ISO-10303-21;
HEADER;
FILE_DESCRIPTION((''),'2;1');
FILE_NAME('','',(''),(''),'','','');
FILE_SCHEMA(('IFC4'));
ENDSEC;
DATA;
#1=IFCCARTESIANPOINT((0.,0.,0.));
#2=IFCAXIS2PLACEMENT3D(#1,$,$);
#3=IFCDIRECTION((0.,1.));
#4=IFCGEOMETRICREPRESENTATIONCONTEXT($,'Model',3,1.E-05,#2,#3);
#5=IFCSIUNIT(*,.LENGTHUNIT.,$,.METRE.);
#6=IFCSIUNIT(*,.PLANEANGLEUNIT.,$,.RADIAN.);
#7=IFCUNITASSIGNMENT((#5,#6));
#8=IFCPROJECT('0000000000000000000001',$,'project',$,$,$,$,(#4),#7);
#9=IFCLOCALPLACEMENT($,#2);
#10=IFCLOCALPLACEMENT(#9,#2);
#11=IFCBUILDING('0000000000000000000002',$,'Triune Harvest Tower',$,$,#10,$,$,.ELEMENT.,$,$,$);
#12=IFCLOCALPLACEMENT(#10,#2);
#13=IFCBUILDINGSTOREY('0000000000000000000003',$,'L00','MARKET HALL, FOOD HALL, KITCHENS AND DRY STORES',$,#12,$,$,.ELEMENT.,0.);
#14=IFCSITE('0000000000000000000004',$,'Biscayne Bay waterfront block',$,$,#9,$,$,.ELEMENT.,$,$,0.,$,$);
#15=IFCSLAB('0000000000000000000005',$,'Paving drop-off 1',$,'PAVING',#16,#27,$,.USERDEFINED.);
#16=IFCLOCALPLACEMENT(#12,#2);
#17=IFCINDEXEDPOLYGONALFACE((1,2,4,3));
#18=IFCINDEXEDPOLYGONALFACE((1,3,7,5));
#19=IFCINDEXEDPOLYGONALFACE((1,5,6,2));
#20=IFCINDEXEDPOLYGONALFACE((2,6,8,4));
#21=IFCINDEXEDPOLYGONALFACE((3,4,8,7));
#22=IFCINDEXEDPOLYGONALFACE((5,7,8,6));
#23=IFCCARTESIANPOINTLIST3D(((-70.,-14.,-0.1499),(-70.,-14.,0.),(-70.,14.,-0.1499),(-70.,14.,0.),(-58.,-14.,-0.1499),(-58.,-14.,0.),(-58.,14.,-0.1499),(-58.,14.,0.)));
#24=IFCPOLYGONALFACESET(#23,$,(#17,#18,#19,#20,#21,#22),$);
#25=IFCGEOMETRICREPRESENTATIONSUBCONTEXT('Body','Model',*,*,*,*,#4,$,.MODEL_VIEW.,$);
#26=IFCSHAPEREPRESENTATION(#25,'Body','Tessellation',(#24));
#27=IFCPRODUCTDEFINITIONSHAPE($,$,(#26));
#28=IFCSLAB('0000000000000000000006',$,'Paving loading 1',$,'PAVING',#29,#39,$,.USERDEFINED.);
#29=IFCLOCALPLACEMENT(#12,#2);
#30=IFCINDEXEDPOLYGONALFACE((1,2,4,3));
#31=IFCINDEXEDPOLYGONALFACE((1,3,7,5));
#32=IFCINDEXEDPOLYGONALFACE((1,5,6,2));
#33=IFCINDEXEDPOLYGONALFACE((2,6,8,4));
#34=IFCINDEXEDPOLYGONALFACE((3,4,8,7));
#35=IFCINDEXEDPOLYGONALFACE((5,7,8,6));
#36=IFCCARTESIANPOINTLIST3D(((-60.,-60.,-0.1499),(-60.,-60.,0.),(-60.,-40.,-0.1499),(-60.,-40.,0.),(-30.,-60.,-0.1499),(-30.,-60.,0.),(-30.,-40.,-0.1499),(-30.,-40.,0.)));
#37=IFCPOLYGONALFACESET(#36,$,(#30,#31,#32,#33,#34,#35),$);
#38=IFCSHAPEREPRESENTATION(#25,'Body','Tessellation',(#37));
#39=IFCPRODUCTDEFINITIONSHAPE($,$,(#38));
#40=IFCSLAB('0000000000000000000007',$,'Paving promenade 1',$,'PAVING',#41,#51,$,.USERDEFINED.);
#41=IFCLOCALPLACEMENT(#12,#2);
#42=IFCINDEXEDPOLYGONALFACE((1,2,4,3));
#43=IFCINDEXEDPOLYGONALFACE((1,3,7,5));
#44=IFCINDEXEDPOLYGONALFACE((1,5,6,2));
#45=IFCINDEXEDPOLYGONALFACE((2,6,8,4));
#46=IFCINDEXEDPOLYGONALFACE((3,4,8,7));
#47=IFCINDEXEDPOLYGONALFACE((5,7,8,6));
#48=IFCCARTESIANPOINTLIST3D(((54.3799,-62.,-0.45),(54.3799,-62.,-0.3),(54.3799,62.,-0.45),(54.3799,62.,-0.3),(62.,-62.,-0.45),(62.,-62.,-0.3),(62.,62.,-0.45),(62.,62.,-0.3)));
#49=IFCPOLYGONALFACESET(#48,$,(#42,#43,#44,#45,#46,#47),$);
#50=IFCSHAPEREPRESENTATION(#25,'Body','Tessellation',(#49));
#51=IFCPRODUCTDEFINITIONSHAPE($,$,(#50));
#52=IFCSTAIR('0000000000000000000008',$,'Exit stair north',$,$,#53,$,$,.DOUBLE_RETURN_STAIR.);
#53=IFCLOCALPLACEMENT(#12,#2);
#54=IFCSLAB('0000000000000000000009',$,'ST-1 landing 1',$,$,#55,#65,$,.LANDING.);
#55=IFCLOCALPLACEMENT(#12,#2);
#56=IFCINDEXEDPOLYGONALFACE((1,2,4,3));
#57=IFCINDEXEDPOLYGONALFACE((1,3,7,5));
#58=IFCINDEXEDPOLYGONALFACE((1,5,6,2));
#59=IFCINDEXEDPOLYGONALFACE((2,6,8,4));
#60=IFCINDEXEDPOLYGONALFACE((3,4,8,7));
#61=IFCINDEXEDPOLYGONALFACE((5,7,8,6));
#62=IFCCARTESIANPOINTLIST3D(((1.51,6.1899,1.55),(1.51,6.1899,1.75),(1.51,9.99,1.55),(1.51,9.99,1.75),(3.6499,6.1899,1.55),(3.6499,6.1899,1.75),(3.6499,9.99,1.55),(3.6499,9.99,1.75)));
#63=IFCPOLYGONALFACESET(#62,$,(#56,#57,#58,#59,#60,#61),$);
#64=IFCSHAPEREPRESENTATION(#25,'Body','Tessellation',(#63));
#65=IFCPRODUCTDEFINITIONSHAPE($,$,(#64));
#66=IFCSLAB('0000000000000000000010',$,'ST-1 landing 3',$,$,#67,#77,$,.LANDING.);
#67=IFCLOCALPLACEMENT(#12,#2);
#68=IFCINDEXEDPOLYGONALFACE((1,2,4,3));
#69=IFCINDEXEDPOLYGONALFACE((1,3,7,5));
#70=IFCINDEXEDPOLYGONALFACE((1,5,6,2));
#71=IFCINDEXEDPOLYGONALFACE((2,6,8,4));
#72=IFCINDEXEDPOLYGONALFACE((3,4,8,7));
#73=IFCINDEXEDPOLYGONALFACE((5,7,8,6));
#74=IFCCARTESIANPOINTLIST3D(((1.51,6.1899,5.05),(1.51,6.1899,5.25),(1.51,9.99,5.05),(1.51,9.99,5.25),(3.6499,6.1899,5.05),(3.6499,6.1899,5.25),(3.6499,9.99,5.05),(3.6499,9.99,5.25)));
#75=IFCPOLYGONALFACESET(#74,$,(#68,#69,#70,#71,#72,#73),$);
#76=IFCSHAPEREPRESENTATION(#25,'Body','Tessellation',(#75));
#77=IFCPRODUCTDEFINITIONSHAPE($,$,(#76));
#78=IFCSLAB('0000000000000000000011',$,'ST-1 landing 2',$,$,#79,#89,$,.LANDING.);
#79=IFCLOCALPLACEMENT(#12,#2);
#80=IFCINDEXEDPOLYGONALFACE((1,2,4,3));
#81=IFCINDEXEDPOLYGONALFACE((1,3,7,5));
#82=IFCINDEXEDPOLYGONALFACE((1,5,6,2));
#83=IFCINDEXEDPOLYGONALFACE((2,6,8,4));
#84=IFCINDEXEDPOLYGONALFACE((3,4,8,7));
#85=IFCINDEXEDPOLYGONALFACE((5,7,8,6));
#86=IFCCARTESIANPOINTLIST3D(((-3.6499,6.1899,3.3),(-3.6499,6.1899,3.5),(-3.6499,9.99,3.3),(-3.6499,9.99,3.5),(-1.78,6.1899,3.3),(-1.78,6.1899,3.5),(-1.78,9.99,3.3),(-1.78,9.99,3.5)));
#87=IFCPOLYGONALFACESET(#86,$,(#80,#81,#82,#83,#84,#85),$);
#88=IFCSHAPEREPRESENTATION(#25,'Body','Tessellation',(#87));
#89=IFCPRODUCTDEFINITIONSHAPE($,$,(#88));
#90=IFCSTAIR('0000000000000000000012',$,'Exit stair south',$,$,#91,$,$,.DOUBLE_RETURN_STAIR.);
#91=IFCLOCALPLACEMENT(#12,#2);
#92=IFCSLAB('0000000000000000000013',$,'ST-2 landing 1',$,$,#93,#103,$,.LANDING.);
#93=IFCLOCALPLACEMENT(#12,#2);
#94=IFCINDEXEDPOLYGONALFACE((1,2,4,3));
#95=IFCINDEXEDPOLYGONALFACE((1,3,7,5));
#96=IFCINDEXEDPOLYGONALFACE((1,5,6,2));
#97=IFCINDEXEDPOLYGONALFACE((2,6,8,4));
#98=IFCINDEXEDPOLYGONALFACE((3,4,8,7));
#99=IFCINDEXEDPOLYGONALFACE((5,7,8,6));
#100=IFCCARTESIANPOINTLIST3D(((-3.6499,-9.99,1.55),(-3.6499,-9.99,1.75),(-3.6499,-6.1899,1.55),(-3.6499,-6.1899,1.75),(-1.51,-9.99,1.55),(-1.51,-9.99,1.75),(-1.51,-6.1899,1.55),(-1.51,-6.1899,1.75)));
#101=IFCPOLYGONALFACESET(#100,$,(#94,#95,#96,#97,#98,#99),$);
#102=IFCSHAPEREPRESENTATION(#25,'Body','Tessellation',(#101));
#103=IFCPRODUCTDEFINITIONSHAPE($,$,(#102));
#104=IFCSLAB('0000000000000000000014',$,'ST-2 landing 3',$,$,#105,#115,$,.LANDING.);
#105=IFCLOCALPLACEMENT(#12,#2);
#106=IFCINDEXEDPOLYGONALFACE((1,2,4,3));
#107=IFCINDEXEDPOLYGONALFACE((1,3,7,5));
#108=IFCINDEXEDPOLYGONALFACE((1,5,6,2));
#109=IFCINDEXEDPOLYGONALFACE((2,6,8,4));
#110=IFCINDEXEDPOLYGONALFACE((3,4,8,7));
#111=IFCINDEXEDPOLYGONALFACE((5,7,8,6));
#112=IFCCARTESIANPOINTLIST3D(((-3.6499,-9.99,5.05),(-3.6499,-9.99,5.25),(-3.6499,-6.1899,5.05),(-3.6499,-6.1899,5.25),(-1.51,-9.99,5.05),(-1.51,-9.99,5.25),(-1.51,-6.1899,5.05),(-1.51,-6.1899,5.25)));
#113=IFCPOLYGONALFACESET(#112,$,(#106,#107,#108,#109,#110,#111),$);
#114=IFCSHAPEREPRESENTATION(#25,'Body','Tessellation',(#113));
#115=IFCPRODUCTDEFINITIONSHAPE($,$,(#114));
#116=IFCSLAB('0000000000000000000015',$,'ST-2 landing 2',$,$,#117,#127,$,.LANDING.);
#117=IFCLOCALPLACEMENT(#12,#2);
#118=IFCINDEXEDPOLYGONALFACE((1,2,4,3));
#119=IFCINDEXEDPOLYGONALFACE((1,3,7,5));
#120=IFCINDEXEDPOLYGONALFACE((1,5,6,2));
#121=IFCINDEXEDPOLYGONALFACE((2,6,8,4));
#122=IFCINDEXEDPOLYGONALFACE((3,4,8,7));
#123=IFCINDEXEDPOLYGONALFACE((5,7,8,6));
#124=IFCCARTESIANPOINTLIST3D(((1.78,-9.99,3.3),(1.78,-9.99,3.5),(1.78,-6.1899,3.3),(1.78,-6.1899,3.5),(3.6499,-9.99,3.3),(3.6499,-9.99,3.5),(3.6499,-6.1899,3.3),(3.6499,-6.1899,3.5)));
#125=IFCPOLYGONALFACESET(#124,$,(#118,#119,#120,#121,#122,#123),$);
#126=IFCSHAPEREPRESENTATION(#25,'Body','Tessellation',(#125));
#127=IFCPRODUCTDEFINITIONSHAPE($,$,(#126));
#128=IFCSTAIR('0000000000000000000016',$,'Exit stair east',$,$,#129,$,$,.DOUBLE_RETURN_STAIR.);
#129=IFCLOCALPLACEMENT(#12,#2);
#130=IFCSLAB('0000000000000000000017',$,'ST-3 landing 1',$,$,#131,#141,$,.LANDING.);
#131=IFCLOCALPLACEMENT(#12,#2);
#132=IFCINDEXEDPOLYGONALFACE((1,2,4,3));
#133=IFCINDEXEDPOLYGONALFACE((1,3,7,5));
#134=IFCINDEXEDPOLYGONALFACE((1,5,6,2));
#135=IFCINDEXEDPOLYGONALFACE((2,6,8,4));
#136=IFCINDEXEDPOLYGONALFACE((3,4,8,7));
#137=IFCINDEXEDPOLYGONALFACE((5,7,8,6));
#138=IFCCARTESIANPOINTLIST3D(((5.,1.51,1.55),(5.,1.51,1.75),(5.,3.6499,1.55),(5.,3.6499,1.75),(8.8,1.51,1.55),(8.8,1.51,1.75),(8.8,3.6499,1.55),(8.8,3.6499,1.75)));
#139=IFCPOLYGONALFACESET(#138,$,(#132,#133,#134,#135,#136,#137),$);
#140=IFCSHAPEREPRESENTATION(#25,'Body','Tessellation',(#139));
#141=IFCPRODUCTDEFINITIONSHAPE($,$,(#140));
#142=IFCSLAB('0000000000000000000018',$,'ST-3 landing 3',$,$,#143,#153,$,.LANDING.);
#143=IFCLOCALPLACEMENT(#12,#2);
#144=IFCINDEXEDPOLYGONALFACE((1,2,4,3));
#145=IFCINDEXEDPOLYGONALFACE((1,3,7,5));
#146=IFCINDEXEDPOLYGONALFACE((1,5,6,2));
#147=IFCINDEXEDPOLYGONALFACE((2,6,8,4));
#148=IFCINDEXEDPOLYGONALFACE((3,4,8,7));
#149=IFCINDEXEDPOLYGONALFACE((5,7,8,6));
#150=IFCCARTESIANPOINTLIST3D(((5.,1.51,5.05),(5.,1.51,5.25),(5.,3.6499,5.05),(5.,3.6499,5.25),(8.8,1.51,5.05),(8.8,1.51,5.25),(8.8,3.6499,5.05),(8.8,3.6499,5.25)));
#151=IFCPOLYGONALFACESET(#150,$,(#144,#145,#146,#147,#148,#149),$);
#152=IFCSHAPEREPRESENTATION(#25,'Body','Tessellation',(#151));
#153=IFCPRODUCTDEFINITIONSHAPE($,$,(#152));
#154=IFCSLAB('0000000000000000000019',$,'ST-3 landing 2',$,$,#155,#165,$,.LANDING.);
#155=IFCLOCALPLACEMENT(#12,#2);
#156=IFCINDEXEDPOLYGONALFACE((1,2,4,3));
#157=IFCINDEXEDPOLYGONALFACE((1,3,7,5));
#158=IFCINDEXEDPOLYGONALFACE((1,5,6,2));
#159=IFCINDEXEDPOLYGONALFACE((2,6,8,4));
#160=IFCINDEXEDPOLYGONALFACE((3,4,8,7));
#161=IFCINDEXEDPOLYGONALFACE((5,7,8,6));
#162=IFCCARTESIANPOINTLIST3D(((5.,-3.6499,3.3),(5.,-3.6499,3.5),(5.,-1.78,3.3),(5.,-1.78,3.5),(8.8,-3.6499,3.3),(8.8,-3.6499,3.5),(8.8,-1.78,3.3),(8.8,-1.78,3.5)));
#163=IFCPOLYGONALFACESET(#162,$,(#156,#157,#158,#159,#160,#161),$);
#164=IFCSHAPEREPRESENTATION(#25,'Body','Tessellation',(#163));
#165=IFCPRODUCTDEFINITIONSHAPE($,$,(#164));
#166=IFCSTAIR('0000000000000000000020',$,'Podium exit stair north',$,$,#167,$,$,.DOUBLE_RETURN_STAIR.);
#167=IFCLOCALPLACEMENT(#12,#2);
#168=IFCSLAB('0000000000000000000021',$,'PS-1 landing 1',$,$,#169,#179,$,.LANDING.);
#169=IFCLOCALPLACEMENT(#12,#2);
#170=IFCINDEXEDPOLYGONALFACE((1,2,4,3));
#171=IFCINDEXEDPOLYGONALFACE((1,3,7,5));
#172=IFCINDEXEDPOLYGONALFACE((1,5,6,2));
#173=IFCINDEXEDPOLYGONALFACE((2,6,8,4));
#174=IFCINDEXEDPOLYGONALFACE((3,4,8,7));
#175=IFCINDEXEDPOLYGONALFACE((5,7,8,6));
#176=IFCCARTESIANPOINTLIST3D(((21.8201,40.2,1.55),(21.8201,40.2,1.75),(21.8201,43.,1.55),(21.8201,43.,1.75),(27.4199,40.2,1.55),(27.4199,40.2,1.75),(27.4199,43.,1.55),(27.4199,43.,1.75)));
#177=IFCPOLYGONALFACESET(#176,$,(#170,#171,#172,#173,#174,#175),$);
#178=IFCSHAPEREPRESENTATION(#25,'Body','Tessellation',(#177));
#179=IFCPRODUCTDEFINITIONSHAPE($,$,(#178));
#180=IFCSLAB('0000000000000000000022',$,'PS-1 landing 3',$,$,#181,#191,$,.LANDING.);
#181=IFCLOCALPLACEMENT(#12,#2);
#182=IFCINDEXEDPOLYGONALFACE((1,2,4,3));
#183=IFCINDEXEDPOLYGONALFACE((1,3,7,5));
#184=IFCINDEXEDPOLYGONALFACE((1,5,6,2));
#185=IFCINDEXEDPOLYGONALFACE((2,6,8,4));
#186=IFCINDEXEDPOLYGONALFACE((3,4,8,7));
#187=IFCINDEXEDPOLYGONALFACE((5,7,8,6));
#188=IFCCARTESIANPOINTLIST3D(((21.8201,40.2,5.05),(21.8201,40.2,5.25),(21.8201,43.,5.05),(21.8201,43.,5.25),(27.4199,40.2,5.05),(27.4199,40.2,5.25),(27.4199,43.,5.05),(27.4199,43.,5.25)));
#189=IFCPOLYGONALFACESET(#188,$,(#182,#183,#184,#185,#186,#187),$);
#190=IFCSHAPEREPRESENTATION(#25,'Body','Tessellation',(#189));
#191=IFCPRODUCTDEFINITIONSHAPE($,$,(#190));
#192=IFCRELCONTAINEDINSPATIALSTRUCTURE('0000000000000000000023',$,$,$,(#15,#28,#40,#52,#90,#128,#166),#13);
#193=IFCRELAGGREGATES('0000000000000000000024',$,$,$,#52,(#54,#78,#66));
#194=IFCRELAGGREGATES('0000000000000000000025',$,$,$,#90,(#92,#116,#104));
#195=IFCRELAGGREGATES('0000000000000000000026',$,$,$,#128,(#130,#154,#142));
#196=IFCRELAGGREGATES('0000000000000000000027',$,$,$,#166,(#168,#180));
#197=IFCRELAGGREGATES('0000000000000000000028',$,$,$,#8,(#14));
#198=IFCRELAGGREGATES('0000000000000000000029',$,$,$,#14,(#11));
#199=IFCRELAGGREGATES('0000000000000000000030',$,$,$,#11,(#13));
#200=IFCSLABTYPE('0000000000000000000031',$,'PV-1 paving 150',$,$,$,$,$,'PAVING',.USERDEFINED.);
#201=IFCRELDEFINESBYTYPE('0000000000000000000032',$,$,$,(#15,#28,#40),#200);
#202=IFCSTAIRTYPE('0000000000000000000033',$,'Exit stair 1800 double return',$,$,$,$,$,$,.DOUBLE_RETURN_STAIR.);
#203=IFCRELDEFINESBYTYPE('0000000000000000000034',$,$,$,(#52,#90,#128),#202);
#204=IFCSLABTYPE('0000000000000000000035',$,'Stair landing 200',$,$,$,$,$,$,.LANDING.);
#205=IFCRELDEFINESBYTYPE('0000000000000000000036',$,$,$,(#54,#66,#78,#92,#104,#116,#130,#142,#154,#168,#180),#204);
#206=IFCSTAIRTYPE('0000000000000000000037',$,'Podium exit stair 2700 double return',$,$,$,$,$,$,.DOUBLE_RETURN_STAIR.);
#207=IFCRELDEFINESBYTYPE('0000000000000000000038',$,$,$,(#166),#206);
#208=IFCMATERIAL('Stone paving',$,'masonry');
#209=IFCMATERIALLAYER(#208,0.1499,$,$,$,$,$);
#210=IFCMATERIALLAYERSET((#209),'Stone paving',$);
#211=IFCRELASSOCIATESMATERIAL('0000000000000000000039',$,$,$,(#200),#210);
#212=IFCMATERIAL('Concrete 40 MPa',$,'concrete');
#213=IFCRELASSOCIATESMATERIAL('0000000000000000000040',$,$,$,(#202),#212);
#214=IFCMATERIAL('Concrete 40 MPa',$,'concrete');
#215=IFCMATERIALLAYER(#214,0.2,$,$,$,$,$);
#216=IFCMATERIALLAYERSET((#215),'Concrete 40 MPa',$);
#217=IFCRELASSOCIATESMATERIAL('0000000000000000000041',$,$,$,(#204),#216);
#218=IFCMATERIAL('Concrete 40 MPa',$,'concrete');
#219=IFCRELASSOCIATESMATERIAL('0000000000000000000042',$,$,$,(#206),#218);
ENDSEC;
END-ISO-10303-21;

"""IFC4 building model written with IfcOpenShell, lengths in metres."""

from ifc_helpers import new_model, si_unit, direction, frame, origin, place, context, subcontext, project, spatial, polyline, outline, extrude, source, transform, mapped, material, layer, layer_set, type_object, element, aggregate, save


model = new_model("IFC4")

# Units and contexts
model_context = context("Model", 3, precision=1e-05, world=origin(), true_north=direction((0.0, 1.0)))
body_context = subcontext(model_context, "Body", "Model", "MODEL_VIEW")
ifc_project = project(units=[si_unit("LENGTHUNIT", "METRE"), si_unit("PLANEANGLEUNIT", "RADIAN")], contexts=[model_context])

# Site, building, storey
site_placement = place(None, origin())
site = spatial("IfcSite", under=ifc_project, at=site_placement, Name="Biscayne Bay waterfront block", CompositionType="ELEMENT", RefElevation=0.0)
building_placement = place(site_placement, origin())
building = spatial("IfcBuilding", under=site, at=building_placement, Name="Triune Harvest Tower", CompositionType="ELEMENT")
storey_placement = place(building_placement, origin())
storey = spatial("IfcBuildingStorey", under=building, at=storey_placement, Name="L00", Description="MARKET HALL, FOOD HALL, KITCHENS AND DRY STORES", CompositionType="ELEMENT", Elevation=0.0)

# Slabs
ifc_material_1 = material(Name="Stone paving", Category="masonry")
ifc_layer_1 = layer(ifc_material_1, 0.1499)
ifc_layer_set_1 = layer_set([ifc_layer_1], Name="Stone paving")
slab_type_1 = type_object("IfcSlabType", Name="PV-1 paving 150", ElementType="PAVING", PredefinedType="USERDEFINED", material=ifc_layer_set_1)
slab_1_placement = place(storey_placement, frame((0.0, 0.0, -0.1499)))
element("IfcSlab", 1, at=slab_1_placement, inside=storey, type_object=slab_type_1, Name="Paving drop-off 1", ObjectType="PAVING", PredefinedType="USERDEFINED", context=body_context, shape_type="SweptSolid", body=[
    extrude(outline(polyline([(-70.0, -14.0), (-58.0, -14.0), (-58.0, 14.0), (-70.0, 14.0), (-70.0, -14.0)])), origin(), (0.0, 0.0, 1.0), 0.1499),
])
slab_2_placement = place(storey_placement, frame((0.0, 0.0, -0.1499)))
element("IfcSlab", 2, at=slab_2_placement, inside=storey, type_object=slab_type_1, Name="Paving loading 1", ObjectType="PAVING", PredefinedType="USERDEFINED", context=body_context, shape_type="SweptSolid", body=[
    extrude(outline(polyline([(-60.0, -60.0), (-30.0, -60.0), (-30.0, -40.0), (-60.0, -40.0), (-60.0, -60.0)])), origin(), (0.0, 0.0, 1.0), 0.1499),
])
slab_3_placement = place(storey_placement, frame((0.0, 0.0, -0.45)))
element("IfcSlab", 3, at=slab_3_placement, inside=storey, type_object=slab_type_1, Name="Paving promenade 1", ObjectType="PAVING", PredefinedType="USERDEFINED", context=body_context, shape_type="SweptSolid", body=[
    extrude(outline(polyline([(54.3799, -62.0), (62.0, -62.0), (62.0, 62.0), (54.3799, 62.0), (54.3799, -62.0)])), origin(), (0.0, 0.0, 1.0), 0.1499),
])

# Stairs, slabs
ifc_material_2 = material(Name="Concrete 40 MPa", Category="concrete")
stair_type_1 = type_object("IfcStairType", Name="Exit stair 1800 double return", PredefinedType="DOUBLE_RETURN_STAIR", material=ifc_material_2)
stair_1_placement = place(storey_placement, origin())
stair_1 = element("IfcStair", 4, at=stair_1_placement, inside=storey, type_object=stair_type_1, Name="Exit stair north", PredefinedType="DOUBLE_RETURN_STAIR")
ifc_material_3 = material(Name="Concrete 40 MPa", Category="concrete")
ifc_layer_2 = layer(ifc_material_3, 0.2)
ifc_layer_set_2 = layer_set([ifc_layer_2], Name="Concrete 40 MPa")
slab_type_2 = type_object("IfcSlabType", Name="Stair landing 200", PredefinedType="LANDING", material=ifc_layer_set_2)
shared_shape_1 = source(origin(), body_context, "Body", "SweptSolid", [
    extrude(outline(polyline([(1.51, 6.1899), (3.6499, 6.1899), (3.6499, 9.99), (1.51, 9.99), (1.51, 6.1899)])), origin(), (0.0, 0.0, 1.0), 0.2),
])
slab_4_placement = place(storey_placement, frame((0.0, 0.0, 1.55)))
slab_4 = element("IfcSlab", 5, at=slab_4_placement, type_object=slab_type_2, Name="ST-1 landing 1", PredefinedType="LANDING", context=body_context, shape_type="MappedRepresentation", body=[
    mapped(shared_shape_1, transform((0.0, 0.0, 0.0), scale=1.0)),
])
slab_5_placement = place(storey_placement, frame((0.0, 0.0, 5.05)))
slab_5 = element("IfcSlab", 6, at=slab_5_placement, type_object=slab_type_2, Name="ST-1 landing 3", PredefinedType="LANDING", context=body_context, shape_type="MappedRepresentation", body=[
    mapped(shared_shape_1, transform((0.0, 0.0, 0.0), scale=1.0)),
])
shared_shape_2 = source(origin(), body_context, "Body", "SweptSolid", [
    extrude(outline(polyline([(-3.6499, 6.1899), (-1.78, 6.1899), (-1.78, 9.99), (-3.6499, 9.99), (-3.6499, 6.1899)])), origin(), (0.0, 0.0, 1.0), 0.2),
])
slab_6_placement = place(storey_placement, frame((0.0, 0.0, 3.3)))
slab_6 = element("IfcSlab", 7, at=slab_6_placement, type_object=slab_type_2, Name="ST-1 landing 2", PredefinedType="LANDING", context=body_context, shape_type="MappedRepresentation", body=[
    mapped(shared_shape_2, transform((0.0, 0.0, 0.0), scale=1.0)),
])
aggregate(stair_1, [slab_4, slab_6, slab_5])
stair_2_placement = place(storey_placement, origin())
stair_2 = element("IfcStair", 8, at=stair_2_placement, inside=storey, type_object=stair_type_1, Name="Exit stair south", PredefinedType="DOUBLE_RETURN_STAIR")
shared_shape_3 = source(origin(), body_context, "Body", "SweptSolid", [
    extrude(outline(polyline([(-1.51, -6.1899), (-3.6499, -6.1899), (-3.6499, -9.99), (-1.51, -9.99), (-1.51, -6.1899)])), origin(), (0.0, 0.0, 1.0), 0.2),
])
slab_7_placement = place(storey_placement, frame((0.0, 0.0, 1.55)))
slab_7 = element("IfcSlab", 9, at=slab_7_placement, type_object=slab_type_2, Name="ST-2 landing 1", PredefinedType="LANDING", context=body_context, shape_type="MappedRepresentation", body=[
    mapped(shared_shape_3, transform((0.0, 0.0, 0.0), scale=1.0)),
])
slab_8_placement = place(storey_placement, frame((0.0, 0.0, 5.05)))
slab_8 = element("IfcSlab", 10, at=slab_8_placement, type_object=slab_type_2, Name="ST-2 landing 3", PredefinedType="LANDING", context=body_context, shape_type="MappedRepresentation", body=[
    mapped(shared_shape_3, transform((0.0, 0.0, 0.0), scale=1.0)),
])
shared_shape_4 = source(origin(), body_context, "Body", "SweptSolid", [
    extrude(outline(polyline([(3.6499, -6.1899), (1.78, -6.1899), (1.78, -9.99), (3.6499, -9.99), (3.6499, -6.1899)])), origin(), (0.0, 0.0, 1.0), 0.2),
])
slab_9_placement = place(storey_placement, frame((0.0, 0.0, 3.3)))
slab_9 = element("IfcSlab", 11, at=slab_9_placement, type_object=slab_type_2, Name="ST-2 landing 2", PredefinedType="LANDING", context=body_context, shape_type="MappedRepresentation", body=[
    mapped(shared_shape_4, transform((0.0, 0.0, 0.0), scale=1.0)),
])
aggregate(stair_2, [slab_7, slab_9, slab_8])
stair_3_placement = place(storey_placement, origin())
stair_3 = element("IfcStair", 12, at=stair_3_placement, inside=storey, type_object=stair_type_1, Name="Exit stair east", PredefinedType="DOUBLE_RETURN_STAIR")
shared_shape_5 = source(origin(), body_context, "Body", "SweptSolid", [
    extrude(outline(polyline([(8.8, 1.51), (8.8, 3.6499), (5.0, 3.6499), (5.0, 1.51), (8.8, 1.51)])), origin(), (0.0, 0.0, 1.0), 0.2),
])
slab_10_placement = place(storey_placement, frame((0.0, 0.0, 1.55)))
slab_10 = element("IfcSlab", 13, at=slab_10_placement, type_object=slab_type_2, Name="ST-3 landing 1", PredefinedType="LANDING", context=body_context, shape_type="MappedRepresentation", body=[
    mapped(shared_shape_5, transform((0.0, 0.0, 0.0), scale=1.0)),
])
slab_11_placement = place(storey_placement, frame((0.0, 0.0, 5.05)))
slab_11 = element("IfcSlab", 14, at=slab_11_placement, type_object=slab_type_2, Name="ST-3 landing 3", PredefinedType="LANDING", context=body_context, shape_type="MappedRepresentation", body=[
    mapped(shared_shape_5, transform((0.0, 0.0, 0.0), scale=1.0)),
])
shared_shape_6 = source(origin(), body_context, "Body", "SweptSolid", [
    extrude(outline(polyline([(8.8, -3.6499), (8.8, -1.78), (5.0, -1.78), (5.0, -3.6499), (8.8, -3.6499)])), origin(), (0.0, 0.0, 1.0), 0.2),
])
slab_12_placement = place(storey_placement, frame((0.0, 0.0, 3.3)))
slab_12 = element("IfcSlab", 15, at=slab_12_placement, type_object=slab_type_2, Name="ST-3 landing 2", PredefinedType="LANDING", context=body_context, shape_type="MappedRepresentation", body=[
    mapped(shared_shape_6, transform((0.0, 0.0, 0.0), scale=1.0)),
])
aggregate(stair_3, [slab_10, slab_12, slab_11])
ifc_material_4 = material(Name="Concrete 40 MPa", Category="concrete")
stair_type_2 = type_object("IfcStairType", Name="Podium exit stair 2700 double return", PredefinedType="DOUBLE_RETURN_STAIR", material=ifc_material_4)
stair_4_placement = place(storey_placement, origin())
stair_4 = element("IfcStair", 16, at=stair_4_placement, inside=storey, type_object=stair_type_2, Name="Podium exit stair north", PredefinedType="DOUBLE_RETURN_STAIR")
shared_shape_7 = source(origin(), body_context, "Body", "SweptSolid", [
    extrude(outline(polyline([(27.4199, 40.2), (27.4199, 43.0), (21.8201, 43.0), (21.8201, 40.2), (27.4199, 40.2)])), origin(), (0.0, 0.0, 1.0), 0.2),
])
slab_13_placement = place(storey_placement, frame((0.0, 0.0, 1.55)))
slab_13 = element("IfcSlab", 17, at=slab_13_placement, type_object=slab_type_2, Name="PS-1 landing 1", PredefinedType="LANDING", context=body_context, shape_type="MappedRepresentation", body=[
    mapped(shared_shape_7, transform((0.0, 0.0, 0.0), scale=1.0)),
])
slab_14_placement = place(storey_placement, frame((0.0, 0.0, 5.05)))
slab_14 = element("IfcSlab", 18, at=slab_14_placement, type_object=slab_type_2, Name="PS-1 landing 3", PredefinedType="LANDING", context=body_context, shape_type="MappedRepresentation", body=[
    mapped(shared_shape_7, transform((0.0, 0.0, 0.0), scale=1.0)),
])
aggregate(stair_4, [slab_13, slab_14])

save(model, "model.ifc")
